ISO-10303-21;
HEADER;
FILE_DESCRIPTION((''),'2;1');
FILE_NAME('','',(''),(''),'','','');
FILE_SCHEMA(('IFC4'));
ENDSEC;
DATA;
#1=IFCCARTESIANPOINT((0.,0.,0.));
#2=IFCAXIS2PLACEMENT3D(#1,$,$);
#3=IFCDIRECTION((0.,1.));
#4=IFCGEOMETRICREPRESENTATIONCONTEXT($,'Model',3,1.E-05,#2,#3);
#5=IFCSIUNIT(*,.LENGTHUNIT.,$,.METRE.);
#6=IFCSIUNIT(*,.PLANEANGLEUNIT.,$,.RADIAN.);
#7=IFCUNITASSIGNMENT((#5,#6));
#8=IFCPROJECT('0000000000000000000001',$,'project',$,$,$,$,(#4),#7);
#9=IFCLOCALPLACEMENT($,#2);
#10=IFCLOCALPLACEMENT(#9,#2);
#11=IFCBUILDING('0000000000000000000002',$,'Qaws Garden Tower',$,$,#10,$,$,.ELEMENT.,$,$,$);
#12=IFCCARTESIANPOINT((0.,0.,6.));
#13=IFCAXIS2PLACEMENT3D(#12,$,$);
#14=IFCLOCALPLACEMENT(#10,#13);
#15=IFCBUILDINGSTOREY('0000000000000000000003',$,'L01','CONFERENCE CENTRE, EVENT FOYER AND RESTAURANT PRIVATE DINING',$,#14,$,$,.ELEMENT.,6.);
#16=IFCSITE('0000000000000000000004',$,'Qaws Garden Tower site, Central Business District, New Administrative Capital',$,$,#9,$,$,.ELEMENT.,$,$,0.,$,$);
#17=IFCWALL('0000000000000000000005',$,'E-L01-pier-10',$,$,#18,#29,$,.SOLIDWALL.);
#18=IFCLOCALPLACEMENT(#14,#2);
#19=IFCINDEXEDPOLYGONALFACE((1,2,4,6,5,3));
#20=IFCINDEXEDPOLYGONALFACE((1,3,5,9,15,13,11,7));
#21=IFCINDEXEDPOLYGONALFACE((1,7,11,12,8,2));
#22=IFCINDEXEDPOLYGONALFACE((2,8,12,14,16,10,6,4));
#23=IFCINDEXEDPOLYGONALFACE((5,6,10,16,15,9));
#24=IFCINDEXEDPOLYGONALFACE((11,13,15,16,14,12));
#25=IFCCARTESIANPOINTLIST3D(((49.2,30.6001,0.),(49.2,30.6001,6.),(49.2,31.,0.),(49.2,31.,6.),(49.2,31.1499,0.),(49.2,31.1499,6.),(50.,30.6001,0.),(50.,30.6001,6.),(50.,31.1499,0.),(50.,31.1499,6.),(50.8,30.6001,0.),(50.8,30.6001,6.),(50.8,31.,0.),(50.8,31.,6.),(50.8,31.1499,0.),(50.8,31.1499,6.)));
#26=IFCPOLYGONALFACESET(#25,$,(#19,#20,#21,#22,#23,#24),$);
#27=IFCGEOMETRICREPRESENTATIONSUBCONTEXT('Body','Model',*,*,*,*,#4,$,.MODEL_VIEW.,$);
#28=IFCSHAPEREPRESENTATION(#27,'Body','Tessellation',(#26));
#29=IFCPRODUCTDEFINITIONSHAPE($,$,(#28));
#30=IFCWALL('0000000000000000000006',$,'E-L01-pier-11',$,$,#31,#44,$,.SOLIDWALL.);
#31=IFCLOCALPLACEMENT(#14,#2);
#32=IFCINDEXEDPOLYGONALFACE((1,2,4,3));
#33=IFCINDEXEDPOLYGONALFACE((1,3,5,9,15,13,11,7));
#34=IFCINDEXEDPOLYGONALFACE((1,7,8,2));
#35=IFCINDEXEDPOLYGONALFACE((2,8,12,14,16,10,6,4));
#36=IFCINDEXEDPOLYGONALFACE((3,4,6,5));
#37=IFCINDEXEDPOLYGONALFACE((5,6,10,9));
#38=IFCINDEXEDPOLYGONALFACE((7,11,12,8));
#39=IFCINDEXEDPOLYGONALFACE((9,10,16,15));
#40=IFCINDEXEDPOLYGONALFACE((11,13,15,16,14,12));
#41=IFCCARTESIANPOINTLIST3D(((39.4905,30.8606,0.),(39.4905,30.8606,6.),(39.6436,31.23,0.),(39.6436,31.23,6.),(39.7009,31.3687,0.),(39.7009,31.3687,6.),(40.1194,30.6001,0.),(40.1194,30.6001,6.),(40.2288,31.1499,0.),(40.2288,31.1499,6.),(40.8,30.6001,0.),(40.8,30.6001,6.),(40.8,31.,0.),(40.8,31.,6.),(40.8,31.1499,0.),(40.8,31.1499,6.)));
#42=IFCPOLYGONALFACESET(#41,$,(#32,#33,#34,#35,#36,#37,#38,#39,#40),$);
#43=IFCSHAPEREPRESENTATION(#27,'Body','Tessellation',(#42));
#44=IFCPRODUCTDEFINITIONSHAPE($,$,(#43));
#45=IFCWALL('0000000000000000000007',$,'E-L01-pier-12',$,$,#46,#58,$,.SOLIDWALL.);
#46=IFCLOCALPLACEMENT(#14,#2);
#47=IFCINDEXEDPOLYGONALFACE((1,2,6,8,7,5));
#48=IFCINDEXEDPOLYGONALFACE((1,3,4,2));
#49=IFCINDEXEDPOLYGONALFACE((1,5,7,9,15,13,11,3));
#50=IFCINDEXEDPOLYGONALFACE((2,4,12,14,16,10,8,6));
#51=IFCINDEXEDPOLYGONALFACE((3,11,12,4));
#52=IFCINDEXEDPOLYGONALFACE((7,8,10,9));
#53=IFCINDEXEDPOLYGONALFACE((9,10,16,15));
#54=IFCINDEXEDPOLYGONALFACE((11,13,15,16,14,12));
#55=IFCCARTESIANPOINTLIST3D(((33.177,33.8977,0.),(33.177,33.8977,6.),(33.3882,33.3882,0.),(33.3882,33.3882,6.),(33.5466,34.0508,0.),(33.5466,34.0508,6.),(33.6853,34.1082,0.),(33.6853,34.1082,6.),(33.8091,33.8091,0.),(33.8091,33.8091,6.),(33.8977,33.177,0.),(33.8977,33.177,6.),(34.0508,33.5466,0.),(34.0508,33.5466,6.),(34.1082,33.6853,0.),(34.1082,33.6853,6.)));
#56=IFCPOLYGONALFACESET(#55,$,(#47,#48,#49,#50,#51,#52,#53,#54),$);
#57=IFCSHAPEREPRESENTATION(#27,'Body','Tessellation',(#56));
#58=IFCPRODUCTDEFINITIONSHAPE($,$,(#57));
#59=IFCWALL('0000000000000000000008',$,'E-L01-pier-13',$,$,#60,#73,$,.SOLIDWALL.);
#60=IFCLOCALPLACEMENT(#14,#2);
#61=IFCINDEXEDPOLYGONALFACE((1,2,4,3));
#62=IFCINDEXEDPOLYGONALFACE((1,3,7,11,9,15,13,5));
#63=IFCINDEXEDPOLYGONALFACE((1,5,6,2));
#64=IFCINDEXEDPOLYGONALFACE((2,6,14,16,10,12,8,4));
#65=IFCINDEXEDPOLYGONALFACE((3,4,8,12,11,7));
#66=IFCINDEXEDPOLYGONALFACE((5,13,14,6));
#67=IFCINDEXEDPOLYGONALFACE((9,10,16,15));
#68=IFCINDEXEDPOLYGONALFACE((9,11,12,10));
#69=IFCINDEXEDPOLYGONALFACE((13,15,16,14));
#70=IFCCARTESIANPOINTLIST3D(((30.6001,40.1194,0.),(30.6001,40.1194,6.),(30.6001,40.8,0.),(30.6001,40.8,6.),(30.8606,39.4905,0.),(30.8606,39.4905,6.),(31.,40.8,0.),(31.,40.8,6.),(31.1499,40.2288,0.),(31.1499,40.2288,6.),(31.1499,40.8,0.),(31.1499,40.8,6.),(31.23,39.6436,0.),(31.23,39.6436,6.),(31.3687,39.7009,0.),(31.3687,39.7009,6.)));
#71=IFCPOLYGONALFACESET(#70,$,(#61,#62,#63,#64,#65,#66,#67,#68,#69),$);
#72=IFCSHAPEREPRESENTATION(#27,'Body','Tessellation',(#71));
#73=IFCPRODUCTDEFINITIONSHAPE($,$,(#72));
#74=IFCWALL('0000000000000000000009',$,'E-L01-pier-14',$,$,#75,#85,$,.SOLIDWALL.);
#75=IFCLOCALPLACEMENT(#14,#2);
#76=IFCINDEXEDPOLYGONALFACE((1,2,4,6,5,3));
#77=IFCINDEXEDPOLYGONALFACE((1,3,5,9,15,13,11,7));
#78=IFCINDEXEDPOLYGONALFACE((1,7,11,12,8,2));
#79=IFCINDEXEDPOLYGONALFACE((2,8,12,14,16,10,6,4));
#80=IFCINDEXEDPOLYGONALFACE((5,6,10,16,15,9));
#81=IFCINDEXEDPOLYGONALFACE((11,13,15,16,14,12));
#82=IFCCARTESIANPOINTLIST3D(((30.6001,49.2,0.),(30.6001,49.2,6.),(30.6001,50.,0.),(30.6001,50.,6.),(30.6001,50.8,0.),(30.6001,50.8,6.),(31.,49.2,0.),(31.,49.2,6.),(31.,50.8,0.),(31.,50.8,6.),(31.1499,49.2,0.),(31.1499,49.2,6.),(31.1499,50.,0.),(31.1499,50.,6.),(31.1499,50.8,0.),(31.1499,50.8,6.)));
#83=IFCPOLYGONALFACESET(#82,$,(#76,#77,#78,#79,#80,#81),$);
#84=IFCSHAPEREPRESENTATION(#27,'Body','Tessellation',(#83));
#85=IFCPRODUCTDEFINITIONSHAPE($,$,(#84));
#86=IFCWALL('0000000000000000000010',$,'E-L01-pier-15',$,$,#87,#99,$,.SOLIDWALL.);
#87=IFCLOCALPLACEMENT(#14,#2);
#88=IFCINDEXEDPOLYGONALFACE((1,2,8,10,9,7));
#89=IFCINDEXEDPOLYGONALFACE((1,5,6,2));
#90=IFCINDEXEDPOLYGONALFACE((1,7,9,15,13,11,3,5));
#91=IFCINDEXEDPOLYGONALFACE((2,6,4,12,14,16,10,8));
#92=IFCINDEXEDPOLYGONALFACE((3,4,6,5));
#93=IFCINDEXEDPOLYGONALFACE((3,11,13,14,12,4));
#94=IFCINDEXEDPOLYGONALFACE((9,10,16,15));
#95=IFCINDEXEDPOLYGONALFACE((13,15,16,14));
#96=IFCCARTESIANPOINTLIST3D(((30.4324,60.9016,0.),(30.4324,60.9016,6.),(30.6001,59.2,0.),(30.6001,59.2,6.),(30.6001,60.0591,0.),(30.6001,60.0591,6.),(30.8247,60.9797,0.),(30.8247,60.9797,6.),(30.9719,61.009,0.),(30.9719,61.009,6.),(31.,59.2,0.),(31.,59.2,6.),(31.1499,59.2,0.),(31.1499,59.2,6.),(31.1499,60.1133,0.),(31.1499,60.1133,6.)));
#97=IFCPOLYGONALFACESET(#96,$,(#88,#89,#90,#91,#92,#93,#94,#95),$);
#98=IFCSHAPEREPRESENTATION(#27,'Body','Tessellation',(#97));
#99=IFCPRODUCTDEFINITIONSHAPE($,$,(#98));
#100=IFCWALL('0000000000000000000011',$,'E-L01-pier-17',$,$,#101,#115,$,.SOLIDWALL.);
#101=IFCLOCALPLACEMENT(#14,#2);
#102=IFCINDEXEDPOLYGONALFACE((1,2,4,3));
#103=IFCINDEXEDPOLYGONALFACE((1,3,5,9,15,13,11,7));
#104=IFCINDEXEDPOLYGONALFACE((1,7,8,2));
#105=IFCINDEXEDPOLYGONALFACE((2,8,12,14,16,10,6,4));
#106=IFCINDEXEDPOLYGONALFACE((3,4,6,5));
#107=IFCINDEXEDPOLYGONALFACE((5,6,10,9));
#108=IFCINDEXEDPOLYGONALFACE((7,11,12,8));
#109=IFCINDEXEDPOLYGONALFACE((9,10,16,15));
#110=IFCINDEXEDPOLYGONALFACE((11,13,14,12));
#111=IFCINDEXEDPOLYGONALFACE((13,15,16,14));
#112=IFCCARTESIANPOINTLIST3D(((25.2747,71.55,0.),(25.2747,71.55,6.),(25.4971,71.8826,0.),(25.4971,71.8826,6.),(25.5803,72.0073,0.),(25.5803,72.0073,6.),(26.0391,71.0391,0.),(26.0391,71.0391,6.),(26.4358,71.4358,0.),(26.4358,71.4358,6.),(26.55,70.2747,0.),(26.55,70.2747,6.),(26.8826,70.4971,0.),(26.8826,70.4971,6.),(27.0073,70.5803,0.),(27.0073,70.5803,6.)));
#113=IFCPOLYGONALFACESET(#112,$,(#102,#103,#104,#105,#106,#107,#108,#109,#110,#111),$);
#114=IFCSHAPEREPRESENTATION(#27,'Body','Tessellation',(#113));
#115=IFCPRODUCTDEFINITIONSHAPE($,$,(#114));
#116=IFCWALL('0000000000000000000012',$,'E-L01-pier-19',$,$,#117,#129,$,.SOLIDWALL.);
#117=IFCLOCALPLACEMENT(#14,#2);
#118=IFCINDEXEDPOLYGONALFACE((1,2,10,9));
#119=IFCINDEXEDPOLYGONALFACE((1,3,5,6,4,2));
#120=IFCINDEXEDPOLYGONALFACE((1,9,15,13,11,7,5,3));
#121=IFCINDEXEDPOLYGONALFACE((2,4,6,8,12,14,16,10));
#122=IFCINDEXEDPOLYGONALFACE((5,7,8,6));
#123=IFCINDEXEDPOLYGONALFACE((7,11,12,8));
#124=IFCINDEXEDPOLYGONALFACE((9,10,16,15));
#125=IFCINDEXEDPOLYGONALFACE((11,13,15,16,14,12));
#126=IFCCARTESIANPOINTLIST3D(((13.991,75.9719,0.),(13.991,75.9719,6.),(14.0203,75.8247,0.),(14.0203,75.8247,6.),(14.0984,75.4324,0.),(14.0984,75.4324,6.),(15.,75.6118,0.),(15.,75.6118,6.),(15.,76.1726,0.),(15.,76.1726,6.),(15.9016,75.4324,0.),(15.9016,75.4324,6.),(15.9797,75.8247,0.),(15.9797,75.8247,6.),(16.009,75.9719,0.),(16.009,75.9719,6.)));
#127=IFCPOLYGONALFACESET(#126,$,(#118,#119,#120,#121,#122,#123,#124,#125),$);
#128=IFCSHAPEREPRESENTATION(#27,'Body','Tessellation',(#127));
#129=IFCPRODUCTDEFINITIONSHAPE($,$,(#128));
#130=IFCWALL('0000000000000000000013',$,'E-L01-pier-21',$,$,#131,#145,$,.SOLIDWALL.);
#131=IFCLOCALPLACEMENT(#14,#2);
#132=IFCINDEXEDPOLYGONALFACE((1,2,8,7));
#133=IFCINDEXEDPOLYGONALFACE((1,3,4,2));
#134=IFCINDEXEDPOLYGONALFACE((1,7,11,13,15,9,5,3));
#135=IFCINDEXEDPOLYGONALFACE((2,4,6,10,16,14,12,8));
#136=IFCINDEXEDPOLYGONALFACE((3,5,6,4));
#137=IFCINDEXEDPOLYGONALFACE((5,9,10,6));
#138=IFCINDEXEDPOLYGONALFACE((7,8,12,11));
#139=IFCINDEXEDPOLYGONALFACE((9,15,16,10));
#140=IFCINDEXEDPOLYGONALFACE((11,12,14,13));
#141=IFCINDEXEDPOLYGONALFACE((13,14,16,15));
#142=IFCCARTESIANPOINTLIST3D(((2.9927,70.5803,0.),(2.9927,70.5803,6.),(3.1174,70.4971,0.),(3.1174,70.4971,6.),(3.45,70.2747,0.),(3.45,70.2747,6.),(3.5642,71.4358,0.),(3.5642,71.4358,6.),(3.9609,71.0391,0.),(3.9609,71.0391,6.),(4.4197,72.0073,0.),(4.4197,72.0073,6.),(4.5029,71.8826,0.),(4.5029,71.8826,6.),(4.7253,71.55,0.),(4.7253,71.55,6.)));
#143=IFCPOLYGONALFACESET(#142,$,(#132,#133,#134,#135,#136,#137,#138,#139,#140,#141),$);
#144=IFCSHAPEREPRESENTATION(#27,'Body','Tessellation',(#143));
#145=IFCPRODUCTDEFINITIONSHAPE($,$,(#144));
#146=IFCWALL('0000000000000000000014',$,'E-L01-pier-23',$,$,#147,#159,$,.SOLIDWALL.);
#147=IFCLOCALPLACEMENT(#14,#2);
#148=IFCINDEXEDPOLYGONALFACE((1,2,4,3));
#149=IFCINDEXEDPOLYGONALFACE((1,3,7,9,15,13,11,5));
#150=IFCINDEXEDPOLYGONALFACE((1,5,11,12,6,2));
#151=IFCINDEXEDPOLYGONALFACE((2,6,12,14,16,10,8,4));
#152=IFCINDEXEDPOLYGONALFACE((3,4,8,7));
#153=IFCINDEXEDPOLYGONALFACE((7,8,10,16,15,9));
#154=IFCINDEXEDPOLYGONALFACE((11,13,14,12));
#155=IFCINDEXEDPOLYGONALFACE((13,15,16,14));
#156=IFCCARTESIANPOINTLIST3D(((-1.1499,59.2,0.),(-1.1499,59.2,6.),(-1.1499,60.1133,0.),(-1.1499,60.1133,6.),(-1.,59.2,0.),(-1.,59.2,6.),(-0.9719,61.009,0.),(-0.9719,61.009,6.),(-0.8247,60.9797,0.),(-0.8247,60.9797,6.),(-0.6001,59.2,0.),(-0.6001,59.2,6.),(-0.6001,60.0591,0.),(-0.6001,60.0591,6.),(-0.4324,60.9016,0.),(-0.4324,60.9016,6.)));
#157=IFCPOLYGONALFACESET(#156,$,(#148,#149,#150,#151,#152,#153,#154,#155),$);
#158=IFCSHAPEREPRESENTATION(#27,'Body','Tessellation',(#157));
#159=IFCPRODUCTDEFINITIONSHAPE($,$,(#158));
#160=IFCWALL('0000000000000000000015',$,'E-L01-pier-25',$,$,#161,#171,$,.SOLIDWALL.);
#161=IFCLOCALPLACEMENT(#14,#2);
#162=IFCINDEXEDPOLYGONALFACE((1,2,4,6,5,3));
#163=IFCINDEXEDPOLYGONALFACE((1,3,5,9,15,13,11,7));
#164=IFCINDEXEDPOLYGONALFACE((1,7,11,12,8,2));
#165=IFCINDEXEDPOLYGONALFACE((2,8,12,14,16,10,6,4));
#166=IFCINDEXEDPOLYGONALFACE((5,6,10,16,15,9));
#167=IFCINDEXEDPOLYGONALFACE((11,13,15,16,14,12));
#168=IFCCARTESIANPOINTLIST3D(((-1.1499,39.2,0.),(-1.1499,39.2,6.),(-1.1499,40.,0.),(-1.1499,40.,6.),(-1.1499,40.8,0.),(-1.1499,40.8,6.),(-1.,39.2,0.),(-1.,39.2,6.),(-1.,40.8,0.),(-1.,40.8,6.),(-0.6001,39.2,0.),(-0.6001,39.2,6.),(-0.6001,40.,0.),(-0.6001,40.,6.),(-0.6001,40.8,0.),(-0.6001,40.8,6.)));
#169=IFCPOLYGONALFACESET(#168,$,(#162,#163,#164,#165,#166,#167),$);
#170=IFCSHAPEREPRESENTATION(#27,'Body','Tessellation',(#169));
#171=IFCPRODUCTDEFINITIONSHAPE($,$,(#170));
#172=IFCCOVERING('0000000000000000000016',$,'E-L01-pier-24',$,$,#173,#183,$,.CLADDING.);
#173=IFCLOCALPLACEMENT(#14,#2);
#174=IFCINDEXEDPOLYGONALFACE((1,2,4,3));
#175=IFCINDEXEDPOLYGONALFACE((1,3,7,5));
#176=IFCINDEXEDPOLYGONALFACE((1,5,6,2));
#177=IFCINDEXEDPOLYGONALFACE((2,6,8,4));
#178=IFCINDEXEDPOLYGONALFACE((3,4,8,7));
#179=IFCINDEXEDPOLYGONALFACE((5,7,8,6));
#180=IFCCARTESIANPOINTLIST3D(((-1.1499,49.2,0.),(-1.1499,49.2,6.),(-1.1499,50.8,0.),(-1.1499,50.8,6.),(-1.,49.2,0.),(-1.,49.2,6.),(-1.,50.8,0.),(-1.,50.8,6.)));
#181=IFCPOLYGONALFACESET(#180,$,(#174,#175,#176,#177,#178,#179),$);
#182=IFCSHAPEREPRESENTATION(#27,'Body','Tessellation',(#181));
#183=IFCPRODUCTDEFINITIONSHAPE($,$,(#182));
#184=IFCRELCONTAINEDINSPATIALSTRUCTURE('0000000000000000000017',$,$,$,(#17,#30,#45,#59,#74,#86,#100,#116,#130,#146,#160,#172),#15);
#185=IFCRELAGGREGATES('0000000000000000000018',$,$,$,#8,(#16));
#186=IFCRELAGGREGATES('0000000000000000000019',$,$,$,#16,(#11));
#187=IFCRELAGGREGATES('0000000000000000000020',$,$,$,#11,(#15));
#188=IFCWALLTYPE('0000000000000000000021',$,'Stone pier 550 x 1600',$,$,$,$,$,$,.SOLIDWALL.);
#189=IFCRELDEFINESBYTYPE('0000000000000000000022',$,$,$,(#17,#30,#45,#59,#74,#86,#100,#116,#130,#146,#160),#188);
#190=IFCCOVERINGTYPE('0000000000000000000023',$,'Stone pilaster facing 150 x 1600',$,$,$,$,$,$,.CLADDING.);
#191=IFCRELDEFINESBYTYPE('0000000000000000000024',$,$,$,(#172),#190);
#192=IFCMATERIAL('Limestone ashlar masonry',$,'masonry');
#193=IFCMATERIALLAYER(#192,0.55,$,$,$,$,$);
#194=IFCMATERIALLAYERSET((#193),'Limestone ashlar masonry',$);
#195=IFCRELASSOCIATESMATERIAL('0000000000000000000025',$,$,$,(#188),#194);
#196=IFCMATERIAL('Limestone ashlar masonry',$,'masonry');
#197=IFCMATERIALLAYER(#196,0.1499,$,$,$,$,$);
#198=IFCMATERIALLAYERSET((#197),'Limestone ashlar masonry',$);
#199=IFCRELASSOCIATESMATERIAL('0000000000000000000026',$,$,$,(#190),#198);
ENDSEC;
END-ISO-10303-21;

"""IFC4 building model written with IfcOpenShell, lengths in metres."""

from ifc_helpers import new_model, si_unit, direction, frame, origin, place, context, subcontext, project, spatial, polyline, outline, extrude, material, layer, layer_set, type_object, element, save


model = new_model("IFC4")

# Units and contexts
model_context = context("Model", 3, precision=1e-05, world=origin(), true_north=direction((0.0, 1.0)))
body_context = subcontext(model_context, "Body", "Model", "MODEL_VIEW")
ifc_project = project(units=[si_unit("LENGTHUNIT", "METRE"), si_unit("PLANEANGLEUNIT", "RADIAN")], contexts=[model_context])

# Site, building, storey
site_placement = place(None, origin())
site = spatial("IfcSite", under=ifc_project, at=site_placement, Name="Qaws Garden Tower site, Central Business District, New Administrative Capital", CompositionType="ELEMENT", RefElevation=0.0)
building_placement = place(site_placement, origin())
building = spatial("IfcBuilding", under=site, at=building_placement, Name="Qaws Garden Tower", CompositionType="ELEMENT")
storey_placement = place(building_placement, frame((0.0, 0.0, 6.0)))
storey = spatial("IfcBuildingStorey", under=building, at=storey_placement, Name="L01", Description="CONFERENCE CENTRE, EVENT FOYER AND RESTAURANT PRIVATE DINING", CompositionType="ELEMENT", Elevation=6.0)

# Walls
placement = place(storey_placement, origin())
ifc_material_1 = material(Name="Limestone ashlar masonry", Category="masonry")
ifc_layer_1 = layer(ifc_material_1, 0.55)
ifc_layer_set_1 = layer_set([ifc_layer_1], Name="Limestone ashlar masonry")
wall_type_1 = type_object("IfcWallType", Name="Stone pier 550 x 1600", PredefinedType="SOLIDWALL", material=ifc_layer_set_1)
element("IfcWall", 1, at=placement, inside=storey, type_object=wall_type_1, Name="E-L01-pier-10", PredefinedType="SOLIDWALL", context=body_context, shape_type="SweptSolid", body=[
    extrude(outline(polyline([(50.8, 31.0), (50.8, 31.1499), (50.0, 31.1499), (49.2, 31.1499), (49.2, 31.0), (49.2, 30.6001), (50.0, 30.6001), (50.8, 30.6001), (50.8, 31.0)])), origin(), (0.0, 0.0, 1.0), 6.0),
])
element("IfcWall", 2, at=placement, inside=storey, type_object=wall_type_1, Name="E-L01-pier-11", PredefinedType="SOLIDWALL", context=body_context, shape_type="SweptSolid", body=[
    extrude(outline(polyline([(40.8, 31.0), (40.8, 31.1499), (40.2288, 31.1499), (39.7009, 31.3687), (39.6436, 31.23), (39.4905, 30.8606), (40.1194, 30.6001), (40.8, 30.6001), (40.8, 31.0)])), origin(), (0.0, 0.0, 1.0), 6.0),
])
element("IfcWall", 3, at=placement, inside=storey, type_object=wall_type_1, Name="E-L01-pier-12", PredefinedType="SOLIDWALL", context=body_context, shape_type="SweptSolid", body=[
    extrude(outline(polyline([(34.0508, 33.5466), (34.1082, 33.6853), (33.8091, 33.8091), (33.6853, 34.1082), (33.5466, 34.0508), (33.177, 33.8977), (33.3882, 33.3882), (33.8977, 33.177), (34.0508, 33.5466)])), origin(), (0.0, 0.0, 1.0), 6.0),
])
element("IfcWall", 4, at=placement, inside=storey, type_object=wall_type_1, Name="E-L01-pier-13", PredefinedType="SOLIDWALL", context=body_context, shape_type="SweptSolid", body=[
    extrude(outline(polyline([(31.23, 39.6436), (31.3687, 39.7009), (31.1499, 40.2288), (31.1499, 40.8), (31.0, 40.8), (30.6001, 40.8), (30.6001, 40.1194), (30.8606, 39.4905), (31.23, 39.6436)])), origin(), (0.0, 0.0, 1.0), 6.0),
])
element("IfcWall", 5, at=placement, inside=storey, type_object=wall_type_1, Name="E-L01-pier-14", PredefinedType="SOLIDWALL", context=body_context, shape_type="SweptSolid", body=[
    extrude(outline(polyline([(31.0, 49.2), (31.1499, 49.2), (31.1499, 50.0), (31.1499, 50.8), (31.0, 50.8), (30.6001, 50.8), (30.6001, 50.0), (30.6001, 49.2), (31.0, 49.2)])), origin(), (0.0, 0.0, 1.0), 6.0),
])
element("IfcWall", 6, at=placement, inside=storey, type_object=wall_type_1, Name="E-L01-pier-15", PredefinedType="SOLIDWALL", context=body_context, shape_type="SweptSolid", body=[
    extrude(outline(polyline([(31.0, 59.2), (31.1499, 59.2), (31.1499, 60.1133), (30.9719, 61.009), (30.8247, 60.9797), (30.4324, 60.9016), (30.6001, 60.0591), (30.6001, 59.2), (31.0, 59.2)])), origin(), (0.0, 0.0, 1.0), 6.0),
])
element("IfcWall", 7, at=placement, inside=storey, type_object=wall_type_1, Name="E-L01-pier-17", PredefinedType="SOLIDWALL", context=body_context, shape_type="SweptSolid", body=[
    extrude(outline(polyline([(26.8826, 70.4971), (27.0073, 70.5803), (26.4358, 71.4358), (25.5803, 72.0073), (25.4971, 71.8826), (25.2747, 71.55), (26.0391, 71.0391), (26.55, 70.2747), (26.8826, 70.4971)])), origin(), (0.0, 0.0, 1.0), 6.0),
])
element("IfcWall", 8, at=placement, inside=storey, type_object=wall_type_1, Name="E-L01-pier-19", PredefinedType="SOLIDWALL", context=body_context, shape_type="SweptSolid", body=[
    extrude(outline(polyline([(15.9797, 75.8247), (16.009, 75.9719), (15.0, 76.1726), (13.991, 75.9719), (14.0203, 75.8247), (14.0984, 75.4324), (15.0, 75.6118), (15.9016, 75.4324), (15.9797, 75.8247)])), origin(), (0.0, 0.0, 1.0), 6.0),
])
element("IfcWall", 9, at=placement, inside=storey, type_object=wall_type_1, Name="E-L01-pier-21", PredefinedType="SOLIDWALL", context=body_context, shape_type="SweptSolid", body=[
    extrude(outline(polyline([(4.5029, 71.8826), (4.4197, 72.0073), (3.5642, 71.4358), (2.9927, 70.5803), (3.1174, 70.4971), (3.45, 70.2747), (3.9609, 71.0391), (4.7253, 71.55), (4.5029, 71.8826)])), origin(), (0.0, 0.0, 1.0), 6.0),
])
element("IfcWall", 10, at=placement, inside=storey, type_object=wall_type_1, Name="E-L01-pier-23", PredefinedType="SOLIDWALL", context=body_context, shape_type="SweptSolid", body=[
    extrude(outline(polyline([(-0.8247, 60.9797), (-0.9719, 61.009), (-1.1499, 60.1133), (-1.1499, 59.2), (-1.0, 59.2), (-0.6001, 59.2), (-0.6001, 60.0591), (-0.4324, 60.9016), (-0.8247, 60.9797)])), origin(), (0.0, 0.0, 1.0), 6.0),
])
element("IfcWall", 11, at=placement, inside=storey, type_object=wall_type_1, Name="E-L01-pier-25", PredefinedType="SOLIDWALL", context=body_context, shape_type="SweptSolid", body=[
    extrude(outline(polyline([(-1.0, 40.8), (-1.1499, 40.8), (-1.1499, 40.0), (-1.1499, 39.2), (-1.0, 39.2), (-0.6001, 39.2), (-0.6001, 40.0), (-0.6001, 40.8), (-1.0, 40.8)])), origin(), (0.0, 0.0, 1.0), 6.0),
])

# Covering
ifc_material_2 = material(Name="Limestone ashlar masonry", Category="masonry")
ifc_layer_2 = layer(ifc_material_2, 0.1499)
ifc_layer_set_2 = layer_set([ifc_layer_2], Name="Limestone ashlar masonry")
covering_type = type_object("IfcCoveringType", Name="Stone pilaster facing 150 x 1600", PredefinedType="CLADDING", material=ifc_layer_set_2)
element("IfcCovering", 12, at=placement, inside=storey, type_object=covering_type, Name="E-L01-pier-24", PredefinedType="CLADDING", context=body_context, shape_type="SweptSolid", body=[
    extrude(outline(polyline([(-1.0, 50.8), (-1.0, 49.2), (-1.1499, 49.2), (-1.1499, 50.8), (-1.0, 50.8)])), origin(), (0.0, 0.0, 1.0), 6.0),
])

save(model, "model.ifc")
